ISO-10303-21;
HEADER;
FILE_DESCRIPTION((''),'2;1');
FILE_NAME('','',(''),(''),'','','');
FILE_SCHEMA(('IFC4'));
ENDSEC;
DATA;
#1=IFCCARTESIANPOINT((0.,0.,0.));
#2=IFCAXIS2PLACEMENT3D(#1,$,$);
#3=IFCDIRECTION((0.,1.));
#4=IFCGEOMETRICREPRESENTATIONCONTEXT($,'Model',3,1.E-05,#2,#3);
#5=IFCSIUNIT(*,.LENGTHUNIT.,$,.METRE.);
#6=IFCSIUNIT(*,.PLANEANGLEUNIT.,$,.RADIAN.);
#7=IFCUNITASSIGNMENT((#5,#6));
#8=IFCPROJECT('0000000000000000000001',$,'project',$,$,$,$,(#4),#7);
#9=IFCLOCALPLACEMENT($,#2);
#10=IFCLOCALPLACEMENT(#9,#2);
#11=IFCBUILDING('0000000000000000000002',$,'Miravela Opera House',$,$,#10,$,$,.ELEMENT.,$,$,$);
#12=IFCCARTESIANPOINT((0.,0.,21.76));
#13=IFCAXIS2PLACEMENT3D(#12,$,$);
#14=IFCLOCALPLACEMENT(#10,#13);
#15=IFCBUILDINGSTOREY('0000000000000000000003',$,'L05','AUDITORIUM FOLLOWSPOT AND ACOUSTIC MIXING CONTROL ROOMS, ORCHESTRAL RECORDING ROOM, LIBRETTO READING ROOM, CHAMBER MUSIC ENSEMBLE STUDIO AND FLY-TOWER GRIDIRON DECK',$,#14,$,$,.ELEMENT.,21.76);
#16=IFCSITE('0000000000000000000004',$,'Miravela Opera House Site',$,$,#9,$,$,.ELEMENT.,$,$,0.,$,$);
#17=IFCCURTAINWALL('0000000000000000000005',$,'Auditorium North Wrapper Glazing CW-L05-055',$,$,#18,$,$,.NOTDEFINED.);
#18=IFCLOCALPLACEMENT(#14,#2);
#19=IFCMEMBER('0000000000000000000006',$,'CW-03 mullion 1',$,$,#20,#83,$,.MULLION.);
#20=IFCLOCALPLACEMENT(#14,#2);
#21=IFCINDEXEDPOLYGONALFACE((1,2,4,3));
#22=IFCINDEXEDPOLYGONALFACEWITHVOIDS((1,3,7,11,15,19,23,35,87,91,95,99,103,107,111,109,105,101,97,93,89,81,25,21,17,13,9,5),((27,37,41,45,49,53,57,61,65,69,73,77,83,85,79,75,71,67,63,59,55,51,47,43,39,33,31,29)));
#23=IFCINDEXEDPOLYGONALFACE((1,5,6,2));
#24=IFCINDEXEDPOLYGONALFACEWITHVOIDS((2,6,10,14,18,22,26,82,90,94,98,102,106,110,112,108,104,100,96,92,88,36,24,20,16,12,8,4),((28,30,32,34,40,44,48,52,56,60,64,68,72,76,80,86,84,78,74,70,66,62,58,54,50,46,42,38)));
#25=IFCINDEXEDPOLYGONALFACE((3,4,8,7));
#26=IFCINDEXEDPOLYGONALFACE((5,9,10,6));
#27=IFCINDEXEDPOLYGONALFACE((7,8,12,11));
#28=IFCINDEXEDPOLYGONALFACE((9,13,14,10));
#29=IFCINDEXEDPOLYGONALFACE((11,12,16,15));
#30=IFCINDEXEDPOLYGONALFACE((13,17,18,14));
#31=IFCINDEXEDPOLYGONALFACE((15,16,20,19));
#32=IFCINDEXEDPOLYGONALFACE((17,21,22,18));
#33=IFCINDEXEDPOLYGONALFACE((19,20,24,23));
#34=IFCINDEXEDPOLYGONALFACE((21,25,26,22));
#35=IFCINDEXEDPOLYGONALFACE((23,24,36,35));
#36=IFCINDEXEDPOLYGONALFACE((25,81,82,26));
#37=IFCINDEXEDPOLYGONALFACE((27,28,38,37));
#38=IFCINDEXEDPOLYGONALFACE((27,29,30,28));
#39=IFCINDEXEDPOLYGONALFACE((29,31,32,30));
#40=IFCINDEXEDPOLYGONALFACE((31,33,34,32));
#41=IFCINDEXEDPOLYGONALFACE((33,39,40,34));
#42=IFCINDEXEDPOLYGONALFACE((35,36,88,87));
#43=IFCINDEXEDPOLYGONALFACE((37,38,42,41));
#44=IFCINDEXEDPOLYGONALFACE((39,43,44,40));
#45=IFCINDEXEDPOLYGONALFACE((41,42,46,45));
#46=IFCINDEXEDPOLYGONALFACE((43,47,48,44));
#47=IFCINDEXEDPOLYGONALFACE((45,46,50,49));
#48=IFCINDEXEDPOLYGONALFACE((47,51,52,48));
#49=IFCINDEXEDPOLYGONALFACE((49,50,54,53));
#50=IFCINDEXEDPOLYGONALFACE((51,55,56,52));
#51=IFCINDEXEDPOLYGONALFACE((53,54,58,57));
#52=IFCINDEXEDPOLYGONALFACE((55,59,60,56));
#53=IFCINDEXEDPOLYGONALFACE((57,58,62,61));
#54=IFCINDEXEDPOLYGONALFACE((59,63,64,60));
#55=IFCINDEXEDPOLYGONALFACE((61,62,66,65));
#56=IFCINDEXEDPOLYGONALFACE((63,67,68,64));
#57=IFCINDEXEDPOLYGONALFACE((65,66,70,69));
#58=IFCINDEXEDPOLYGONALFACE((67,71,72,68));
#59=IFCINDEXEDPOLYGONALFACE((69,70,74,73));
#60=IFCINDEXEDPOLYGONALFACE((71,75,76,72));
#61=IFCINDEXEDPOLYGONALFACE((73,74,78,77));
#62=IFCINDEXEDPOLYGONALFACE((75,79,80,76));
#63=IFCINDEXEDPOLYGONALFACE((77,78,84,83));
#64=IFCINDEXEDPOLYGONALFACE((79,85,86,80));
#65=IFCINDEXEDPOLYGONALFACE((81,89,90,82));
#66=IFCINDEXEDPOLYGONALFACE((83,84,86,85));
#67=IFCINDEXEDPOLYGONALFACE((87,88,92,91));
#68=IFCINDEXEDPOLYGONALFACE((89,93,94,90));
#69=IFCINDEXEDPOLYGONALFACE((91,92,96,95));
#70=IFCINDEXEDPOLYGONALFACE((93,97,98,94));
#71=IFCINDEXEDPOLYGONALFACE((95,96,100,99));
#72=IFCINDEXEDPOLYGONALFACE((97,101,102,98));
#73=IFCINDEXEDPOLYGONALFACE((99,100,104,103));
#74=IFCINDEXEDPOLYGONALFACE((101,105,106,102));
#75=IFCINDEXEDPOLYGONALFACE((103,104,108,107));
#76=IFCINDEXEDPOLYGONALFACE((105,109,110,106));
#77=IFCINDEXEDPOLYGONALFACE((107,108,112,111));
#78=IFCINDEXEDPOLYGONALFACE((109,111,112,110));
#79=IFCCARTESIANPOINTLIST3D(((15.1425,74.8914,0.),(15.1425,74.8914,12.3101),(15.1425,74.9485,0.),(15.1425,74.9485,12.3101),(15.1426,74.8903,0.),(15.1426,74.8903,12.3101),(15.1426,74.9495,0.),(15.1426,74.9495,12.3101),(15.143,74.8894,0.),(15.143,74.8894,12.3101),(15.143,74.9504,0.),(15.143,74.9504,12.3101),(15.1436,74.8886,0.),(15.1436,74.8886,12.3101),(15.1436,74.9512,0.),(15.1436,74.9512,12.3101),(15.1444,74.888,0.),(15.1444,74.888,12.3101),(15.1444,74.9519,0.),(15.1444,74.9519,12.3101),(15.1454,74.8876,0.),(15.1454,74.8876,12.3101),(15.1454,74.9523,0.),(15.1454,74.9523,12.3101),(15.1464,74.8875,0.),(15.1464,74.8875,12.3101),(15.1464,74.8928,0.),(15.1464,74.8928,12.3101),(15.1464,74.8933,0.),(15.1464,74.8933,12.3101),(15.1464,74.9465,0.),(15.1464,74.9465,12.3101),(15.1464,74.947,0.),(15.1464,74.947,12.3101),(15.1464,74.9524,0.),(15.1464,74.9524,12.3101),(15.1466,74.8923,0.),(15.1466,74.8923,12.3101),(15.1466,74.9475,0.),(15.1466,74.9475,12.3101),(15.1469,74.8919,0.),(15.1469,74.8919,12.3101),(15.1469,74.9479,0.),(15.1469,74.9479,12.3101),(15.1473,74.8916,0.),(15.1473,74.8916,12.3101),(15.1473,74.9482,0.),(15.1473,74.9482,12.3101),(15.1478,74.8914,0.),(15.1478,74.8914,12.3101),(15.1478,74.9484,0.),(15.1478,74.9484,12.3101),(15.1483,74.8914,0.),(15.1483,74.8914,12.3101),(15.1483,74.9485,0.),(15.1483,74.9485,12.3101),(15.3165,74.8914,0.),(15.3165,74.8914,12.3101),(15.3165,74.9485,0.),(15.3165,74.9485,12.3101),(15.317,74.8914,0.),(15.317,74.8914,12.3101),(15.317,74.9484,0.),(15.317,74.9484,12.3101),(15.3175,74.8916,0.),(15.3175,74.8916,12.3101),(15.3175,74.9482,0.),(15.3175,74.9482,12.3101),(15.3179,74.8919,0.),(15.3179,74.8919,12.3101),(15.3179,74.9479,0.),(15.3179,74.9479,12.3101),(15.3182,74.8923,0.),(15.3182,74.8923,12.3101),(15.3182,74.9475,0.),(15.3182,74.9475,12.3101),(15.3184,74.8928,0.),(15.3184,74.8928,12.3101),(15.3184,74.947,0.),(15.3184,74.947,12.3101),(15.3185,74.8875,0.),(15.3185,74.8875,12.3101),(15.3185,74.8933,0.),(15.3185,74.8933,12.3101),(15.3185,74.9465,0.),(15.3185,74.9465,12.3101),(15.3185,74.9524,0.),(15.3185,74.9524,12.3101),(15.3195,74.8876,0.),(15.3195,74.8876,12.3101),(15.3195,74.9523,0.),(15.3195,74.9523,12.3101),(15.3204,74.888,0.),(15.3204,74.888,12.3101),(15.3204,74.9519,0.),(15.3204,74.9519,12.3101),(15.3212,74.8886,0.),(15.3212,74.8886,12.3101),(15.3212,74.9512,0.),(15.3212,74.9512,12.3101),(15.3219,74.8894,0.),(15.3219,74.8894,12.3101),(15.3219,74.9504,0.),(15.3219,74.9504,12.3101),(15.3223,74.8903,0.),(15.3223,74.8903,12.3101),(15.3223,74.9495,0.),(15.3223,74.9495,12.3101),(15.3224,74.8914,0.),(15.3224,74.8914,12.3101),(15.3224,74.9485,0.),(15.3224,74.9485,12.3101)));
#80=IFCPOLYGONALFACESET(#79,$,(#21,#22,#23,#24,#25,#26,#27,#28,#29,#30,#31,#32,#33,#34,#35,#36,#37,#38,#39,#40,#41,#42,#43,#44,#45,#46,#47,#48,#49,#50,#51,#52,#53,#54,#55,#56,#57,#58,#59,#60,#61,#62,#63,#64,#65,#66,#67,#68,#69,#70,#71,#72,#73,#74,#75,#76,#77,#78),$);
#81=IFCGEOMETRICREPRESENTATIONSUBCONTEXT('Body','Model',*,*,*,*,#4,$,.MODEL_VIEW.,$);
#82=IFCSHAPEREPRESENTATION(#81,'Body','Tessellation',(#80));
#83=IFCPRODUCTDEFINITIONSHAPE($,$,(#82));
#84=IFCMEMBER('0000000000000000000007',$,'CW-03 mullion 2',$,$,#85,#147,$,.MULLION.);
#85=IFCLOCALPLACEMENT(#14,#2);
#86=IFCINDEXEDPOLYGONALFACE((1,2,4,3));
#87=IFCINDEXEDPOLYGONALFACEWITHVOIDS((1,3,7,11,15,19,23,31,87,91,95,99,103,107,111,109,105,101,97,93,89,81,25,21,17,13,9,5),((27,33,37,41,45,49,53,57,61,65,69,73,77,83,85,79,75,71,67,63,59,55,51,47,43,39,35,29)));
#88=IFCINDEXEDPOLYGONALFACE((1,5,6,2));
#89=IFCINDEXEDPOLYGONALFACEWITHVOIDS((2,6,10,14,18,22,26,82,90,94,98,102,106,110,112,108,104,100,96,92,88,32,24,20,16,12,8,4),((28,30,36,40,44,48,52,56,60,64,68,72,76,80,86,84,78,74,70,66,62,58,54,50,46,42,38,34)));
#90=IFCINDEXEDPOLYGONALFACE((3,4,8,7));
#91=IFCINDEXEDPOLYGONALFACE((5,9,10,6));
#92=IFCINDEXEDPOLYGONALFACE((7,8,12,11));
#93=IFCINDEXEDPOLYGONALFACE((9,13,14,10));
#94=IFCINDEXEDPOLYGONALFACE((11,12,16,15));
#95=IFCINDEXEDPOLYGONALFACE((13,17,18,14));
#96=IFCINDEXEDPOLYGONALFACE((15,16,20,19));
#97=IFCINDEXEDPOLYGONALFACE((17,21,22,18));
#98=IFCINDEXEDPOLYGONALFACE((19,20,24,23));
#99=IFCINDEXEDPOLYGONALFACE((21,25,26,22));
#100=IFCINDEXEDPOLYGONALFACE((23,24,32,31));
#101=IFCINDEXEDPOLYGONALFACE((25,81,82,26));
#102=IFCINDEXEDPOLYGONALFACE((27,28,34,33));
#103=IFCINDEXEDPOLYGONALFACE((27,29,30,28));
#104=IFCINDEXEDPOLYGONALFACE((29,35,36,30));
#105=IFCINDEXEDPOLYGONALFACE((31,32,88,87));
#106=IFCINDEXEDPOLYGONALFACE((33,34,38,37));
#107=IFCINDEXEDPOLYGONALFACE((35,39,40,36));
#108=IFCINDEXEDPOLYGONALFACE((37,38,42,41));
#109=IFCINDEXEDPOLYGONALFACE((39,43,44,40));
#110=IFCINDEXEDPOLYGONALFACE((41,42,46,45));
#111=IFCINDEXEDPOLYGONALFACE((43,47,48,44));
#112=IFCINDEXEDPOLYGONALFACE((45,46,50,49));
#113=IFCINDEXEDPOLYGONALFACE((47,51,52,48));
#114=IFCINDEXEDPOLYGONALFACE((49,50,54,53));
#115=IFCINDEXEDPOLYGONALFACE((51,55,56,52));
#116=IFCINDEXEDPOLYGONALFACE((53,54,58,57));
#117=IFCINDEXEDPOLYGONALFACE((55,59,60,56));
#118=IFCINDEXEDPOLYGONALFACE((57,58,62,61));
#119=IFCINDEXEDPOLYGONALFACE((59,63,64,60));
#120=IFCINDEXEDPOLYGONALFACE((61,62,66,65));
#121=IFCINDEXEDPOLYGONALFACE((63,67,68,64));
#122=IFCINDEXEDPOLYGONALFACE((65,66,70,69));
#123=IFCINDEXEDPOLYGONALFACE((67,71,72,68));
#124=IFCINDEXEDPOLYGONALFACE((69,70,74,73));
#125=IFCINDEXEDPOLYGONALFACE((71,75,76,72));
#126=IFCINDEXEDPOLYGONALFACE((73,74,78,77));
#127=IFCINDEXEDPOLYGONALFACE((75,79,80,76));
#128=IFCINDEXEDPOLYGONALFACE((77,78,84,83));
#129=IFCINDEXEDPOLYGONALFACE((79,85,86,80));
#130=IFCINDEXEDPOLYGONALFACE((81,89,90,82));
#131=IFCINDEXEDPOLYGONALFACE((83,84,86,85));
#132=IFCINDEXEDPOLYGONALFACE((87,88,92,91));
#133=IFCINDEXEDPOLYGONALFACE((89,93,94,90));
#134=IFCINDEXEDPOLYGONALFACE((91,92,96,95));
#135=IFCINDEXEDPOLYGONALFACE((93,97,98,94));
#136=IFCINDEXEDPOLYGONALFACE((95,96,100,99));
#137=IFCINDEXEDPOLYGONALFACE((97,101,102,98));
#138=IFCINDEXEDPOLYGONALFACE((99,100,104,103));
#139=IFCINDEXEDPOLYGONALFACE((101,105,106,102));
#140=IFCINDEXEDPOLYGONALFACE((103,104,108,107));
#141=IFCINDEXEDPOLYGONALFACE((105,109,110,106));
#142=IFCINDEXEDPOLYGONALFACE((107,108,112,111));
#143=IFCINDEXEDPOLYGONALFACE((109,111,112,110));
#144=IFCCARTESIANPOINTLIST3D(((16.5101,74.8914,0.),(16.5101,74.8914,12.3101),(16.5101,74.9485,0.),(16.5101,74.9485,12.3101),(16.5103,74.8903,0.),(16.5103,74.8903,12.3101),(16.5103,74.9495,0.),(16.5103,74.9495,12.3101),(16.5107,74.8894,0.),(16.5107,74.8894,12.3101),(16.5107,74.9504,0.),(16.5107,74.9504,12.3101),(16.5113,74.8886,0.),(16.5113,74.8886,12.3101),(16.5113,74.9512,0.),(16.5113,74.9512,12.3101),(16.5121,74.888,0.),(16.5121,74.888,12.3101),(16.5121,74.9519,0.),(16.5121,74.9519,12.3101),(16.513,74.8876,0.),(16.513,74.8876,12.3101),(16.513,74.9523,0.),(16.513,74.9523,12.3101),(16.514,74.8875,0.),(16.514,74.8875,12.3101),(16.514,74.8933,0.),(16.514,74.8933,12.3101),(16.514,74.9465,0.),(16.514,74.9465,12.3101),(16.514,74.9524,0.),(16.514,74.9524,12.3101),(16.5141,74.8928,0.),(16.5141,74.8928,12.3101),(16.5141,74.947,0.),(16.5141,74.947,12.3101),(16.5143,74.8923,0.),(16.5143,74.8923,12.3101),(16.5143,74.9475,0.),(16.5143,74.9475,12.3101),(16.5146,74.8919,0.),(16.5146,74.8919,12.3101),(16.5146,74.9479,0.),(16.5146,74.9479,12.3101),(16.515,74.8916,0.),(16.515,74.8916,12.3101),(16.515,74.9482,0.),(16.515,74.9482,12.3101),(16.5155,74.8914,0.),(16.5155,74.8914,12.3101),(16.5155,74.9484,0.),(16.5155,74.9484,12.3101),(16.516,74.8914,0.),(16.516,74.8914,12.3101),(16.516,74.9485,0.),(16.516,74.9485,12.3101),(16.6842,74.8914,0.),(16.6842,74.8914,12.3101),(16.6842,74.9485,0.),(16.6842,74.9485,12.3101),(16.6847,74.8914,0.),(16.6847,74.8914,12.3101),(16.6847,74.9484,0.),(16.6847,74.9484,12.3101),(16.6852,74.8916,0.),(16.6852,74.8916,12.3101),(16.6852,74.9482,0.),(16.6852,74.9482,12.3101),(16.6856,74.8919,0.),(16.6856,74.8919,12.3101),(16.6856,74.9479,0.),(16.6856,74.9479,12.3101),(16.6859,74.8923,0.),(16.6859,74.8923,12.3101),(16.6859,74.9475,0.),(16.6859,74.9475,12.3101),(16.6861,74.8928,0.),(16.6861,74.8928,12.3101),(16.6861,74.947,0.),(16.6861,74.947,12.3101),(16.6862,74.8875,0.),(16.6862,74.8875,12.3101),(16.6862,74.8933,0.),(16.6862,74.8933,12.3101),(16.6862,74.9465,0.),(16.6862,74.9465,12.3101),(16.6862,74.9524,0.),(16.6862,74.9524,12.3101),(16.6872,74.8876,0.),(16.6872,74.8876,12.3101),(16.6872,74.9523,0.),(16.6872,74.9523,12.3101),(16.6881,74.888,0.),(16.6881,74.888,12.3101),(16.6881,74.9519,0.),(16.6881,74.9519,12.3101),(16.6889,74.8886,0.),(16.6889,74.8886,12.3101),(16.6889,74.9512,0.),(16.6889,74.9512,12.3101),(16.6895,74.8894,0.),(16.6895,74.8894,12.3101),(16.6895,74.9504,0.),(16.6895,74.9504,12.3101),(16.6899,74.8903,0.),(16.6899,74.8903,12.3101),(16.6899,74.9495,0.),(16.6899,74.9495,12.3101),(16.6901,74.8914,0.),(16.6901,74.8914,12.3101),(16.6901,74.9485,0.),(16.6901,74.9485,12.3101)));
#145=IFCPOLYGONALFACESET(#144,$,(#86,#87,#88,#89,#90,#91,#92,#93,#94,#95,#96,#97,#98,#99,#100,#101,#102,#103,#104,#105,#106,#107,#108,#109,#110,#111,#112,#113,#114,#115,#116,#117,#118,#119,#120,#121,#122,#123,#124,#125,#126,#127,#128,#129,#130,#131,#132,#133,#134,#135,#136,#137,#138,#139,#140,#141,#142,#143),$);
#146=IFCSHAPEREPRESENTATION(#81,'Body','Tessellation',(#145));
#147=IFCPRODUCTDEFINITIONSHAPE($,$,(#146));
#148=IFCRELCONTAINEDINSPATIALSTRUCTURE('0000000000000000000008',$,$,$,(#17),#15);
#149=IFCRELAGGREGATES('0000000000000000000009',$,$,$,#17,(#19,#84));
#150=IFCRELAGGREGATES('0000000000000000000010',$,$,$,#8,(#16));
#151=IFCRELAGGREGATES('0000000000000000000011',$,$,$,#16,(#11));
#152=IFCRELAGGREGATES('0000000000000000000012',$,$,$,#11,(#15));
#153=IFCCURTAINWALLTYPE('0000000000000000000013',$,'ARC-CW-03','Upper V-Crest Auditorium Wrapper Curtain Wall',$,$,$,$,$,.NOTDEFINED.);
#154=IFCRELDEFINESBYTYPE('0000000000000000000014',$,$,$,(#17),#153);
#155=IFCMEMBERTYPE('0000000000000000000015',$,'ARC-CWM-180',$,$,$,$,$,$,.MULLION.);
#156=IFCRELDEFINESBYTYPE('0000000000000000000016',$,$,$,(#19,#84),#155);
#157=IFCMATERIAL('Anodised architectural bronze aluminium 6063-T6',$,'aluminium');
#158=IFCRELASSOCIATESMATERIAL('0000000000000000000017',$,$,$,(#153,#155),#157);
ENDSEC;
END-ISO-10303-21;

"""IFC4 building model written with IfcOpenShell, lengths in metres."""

from ifc_helpers import new_model, si_unit, direction, frame, origin, origin_2d, place, context, subcontext, project, spatial, hollow_rectangle, extrude, material, material_profile, profile_set, type_object, element, aggregate, save


model = new_model("IFC4")

# Units and contexts
model_context = context("Model", 3, precision=1e-05, world=origin(), true_north=direction((0.0, 1.0)))
body_context = subcontext(model_context, "Body", "Model", "MODEL_VIEW")
ifc_project = project(units=[si_unit("LENGTHUNIT", "METRE"), si_unit("PLANEANGLEUNIT", "RADIAN")], contexts=[model_context])

# Site, building, storey
site_placement = place(None, origin())
site = spatial("IfcSite", under=ifc_project, at=site_placement, Name="Miravela Opera House Site", CompositionType="ELEMENT", RefElevation=0.0)
building_placement = place(site_placement, origin())
building = spatial("IfcBuilding", under=site, at=building_placement, Name="Miravela Opera House", CompositionType="ELEMENT")
storey_placement = place(building_placement, frame((0.0, 0.0, 21.76)))
storey = spatial("IfcBuildingStorey", under=building, at=storey_placement, Name="L05", Description="AUDITORIUM FOLLOWSPOT AND ACOUSTIC MIXING CONTROL ROOMS, ORCHESTRAL RECORDING ROOM, LIBRETTO READING ROOM, CHAMBER MUSIC ENSEMBLE STUDIO AND FLY-TOWER GRIDIRON DECK", CompositionType="ELEMENT", Elevation=21.76)

# Curtain wall, members
ifc_material_1 = material(Name="Anodised architectural bronze aluminium 6063-T6", Category="aluminium")
curtain_wall_type = type_object("IfcCurtainWallType", Name="ARC-CW-03", Description="Upper V-Crest Auditorium Wrapper Curtain Wall", PredefinedType="NOTDEFINED", material=ifc_material_1)
ifc_material_profile_1 = material_profile(ifc_material_1, hollow_rectangle(XDim=0.0649, YDim=0.1799, WallThickness=0.0039, InnerFilletRadius=0.002, OuterFilletRadius=0.0039, at=origin_2d()), Name="CWM-65X180")
ifc_profile_set_1 = profile_set([ifc_material_profile_1])
member_type_1 = type_object("IfcMemberType", Name="ARC-CWM-180", PredefinedType="MULLION", material=ifc_profile_set_1)
curtain_wall_1_placement = place(storey_placement, origin())
curtain_wall_1 = element("IfcCurtainWall", 1, at=curtain_wall_1_placement, inside=storey, type_object=curtain_wall_type, Name="Auditorium North Wrapper Glazing CW-L05-055", PredefinedType="NOTDEFINED")
member_1_placement = place(storey_placement, frame((15.2324, 74.9199, 0.0), z_axis=(0.0, 0.0, 1.0), x_axis=(0.0, 1.0, 0.0)))
member_1 = element("IfcMember", 2, at=member_1_placement, type_object=member_type_1, Name="CW-03 mullion 1", PredefinedType="MULLION", context=body_context, shape_type="SweptSolid", body=[
    extrude(hollow_rectangle(XDim=0.0649, YDim=0.1799, WallThickness=0.0039, InnerFilletRadius=0.002, OuterFilletRadius=0.0039, at=origin_2d()), origin(), (0.0, 0.0, 1.0), 12.3101),
])
member_2_placement = place(storey_placement, frame((16.6001, 74.9199, 0.0), z_axis=(0.0, 0.0, 1.0), x_axis=(0.0, 1.0, 0.0)))
member_2 = element("IfcMember", 3, at=member_2_placement, type_object=member_type_1, Name="CW-03 mullion 2", PredefinedType="MULLION", context=body_context, shape_type="SweptSolid", body=[
    extrude(hollow_rectangle(XDim=0.0649, YDim=0.1799, WallThickness=0.0039, InnerFilletRadius=0.002, OuterFilletRadius=0.0039, at=origin_2d()), origin(), (0.0, 0.0, 1.0), 12.3101),
])

aggregate(curtain_wall_1, [member_1, member_2])

save(model, "model.ifc")
